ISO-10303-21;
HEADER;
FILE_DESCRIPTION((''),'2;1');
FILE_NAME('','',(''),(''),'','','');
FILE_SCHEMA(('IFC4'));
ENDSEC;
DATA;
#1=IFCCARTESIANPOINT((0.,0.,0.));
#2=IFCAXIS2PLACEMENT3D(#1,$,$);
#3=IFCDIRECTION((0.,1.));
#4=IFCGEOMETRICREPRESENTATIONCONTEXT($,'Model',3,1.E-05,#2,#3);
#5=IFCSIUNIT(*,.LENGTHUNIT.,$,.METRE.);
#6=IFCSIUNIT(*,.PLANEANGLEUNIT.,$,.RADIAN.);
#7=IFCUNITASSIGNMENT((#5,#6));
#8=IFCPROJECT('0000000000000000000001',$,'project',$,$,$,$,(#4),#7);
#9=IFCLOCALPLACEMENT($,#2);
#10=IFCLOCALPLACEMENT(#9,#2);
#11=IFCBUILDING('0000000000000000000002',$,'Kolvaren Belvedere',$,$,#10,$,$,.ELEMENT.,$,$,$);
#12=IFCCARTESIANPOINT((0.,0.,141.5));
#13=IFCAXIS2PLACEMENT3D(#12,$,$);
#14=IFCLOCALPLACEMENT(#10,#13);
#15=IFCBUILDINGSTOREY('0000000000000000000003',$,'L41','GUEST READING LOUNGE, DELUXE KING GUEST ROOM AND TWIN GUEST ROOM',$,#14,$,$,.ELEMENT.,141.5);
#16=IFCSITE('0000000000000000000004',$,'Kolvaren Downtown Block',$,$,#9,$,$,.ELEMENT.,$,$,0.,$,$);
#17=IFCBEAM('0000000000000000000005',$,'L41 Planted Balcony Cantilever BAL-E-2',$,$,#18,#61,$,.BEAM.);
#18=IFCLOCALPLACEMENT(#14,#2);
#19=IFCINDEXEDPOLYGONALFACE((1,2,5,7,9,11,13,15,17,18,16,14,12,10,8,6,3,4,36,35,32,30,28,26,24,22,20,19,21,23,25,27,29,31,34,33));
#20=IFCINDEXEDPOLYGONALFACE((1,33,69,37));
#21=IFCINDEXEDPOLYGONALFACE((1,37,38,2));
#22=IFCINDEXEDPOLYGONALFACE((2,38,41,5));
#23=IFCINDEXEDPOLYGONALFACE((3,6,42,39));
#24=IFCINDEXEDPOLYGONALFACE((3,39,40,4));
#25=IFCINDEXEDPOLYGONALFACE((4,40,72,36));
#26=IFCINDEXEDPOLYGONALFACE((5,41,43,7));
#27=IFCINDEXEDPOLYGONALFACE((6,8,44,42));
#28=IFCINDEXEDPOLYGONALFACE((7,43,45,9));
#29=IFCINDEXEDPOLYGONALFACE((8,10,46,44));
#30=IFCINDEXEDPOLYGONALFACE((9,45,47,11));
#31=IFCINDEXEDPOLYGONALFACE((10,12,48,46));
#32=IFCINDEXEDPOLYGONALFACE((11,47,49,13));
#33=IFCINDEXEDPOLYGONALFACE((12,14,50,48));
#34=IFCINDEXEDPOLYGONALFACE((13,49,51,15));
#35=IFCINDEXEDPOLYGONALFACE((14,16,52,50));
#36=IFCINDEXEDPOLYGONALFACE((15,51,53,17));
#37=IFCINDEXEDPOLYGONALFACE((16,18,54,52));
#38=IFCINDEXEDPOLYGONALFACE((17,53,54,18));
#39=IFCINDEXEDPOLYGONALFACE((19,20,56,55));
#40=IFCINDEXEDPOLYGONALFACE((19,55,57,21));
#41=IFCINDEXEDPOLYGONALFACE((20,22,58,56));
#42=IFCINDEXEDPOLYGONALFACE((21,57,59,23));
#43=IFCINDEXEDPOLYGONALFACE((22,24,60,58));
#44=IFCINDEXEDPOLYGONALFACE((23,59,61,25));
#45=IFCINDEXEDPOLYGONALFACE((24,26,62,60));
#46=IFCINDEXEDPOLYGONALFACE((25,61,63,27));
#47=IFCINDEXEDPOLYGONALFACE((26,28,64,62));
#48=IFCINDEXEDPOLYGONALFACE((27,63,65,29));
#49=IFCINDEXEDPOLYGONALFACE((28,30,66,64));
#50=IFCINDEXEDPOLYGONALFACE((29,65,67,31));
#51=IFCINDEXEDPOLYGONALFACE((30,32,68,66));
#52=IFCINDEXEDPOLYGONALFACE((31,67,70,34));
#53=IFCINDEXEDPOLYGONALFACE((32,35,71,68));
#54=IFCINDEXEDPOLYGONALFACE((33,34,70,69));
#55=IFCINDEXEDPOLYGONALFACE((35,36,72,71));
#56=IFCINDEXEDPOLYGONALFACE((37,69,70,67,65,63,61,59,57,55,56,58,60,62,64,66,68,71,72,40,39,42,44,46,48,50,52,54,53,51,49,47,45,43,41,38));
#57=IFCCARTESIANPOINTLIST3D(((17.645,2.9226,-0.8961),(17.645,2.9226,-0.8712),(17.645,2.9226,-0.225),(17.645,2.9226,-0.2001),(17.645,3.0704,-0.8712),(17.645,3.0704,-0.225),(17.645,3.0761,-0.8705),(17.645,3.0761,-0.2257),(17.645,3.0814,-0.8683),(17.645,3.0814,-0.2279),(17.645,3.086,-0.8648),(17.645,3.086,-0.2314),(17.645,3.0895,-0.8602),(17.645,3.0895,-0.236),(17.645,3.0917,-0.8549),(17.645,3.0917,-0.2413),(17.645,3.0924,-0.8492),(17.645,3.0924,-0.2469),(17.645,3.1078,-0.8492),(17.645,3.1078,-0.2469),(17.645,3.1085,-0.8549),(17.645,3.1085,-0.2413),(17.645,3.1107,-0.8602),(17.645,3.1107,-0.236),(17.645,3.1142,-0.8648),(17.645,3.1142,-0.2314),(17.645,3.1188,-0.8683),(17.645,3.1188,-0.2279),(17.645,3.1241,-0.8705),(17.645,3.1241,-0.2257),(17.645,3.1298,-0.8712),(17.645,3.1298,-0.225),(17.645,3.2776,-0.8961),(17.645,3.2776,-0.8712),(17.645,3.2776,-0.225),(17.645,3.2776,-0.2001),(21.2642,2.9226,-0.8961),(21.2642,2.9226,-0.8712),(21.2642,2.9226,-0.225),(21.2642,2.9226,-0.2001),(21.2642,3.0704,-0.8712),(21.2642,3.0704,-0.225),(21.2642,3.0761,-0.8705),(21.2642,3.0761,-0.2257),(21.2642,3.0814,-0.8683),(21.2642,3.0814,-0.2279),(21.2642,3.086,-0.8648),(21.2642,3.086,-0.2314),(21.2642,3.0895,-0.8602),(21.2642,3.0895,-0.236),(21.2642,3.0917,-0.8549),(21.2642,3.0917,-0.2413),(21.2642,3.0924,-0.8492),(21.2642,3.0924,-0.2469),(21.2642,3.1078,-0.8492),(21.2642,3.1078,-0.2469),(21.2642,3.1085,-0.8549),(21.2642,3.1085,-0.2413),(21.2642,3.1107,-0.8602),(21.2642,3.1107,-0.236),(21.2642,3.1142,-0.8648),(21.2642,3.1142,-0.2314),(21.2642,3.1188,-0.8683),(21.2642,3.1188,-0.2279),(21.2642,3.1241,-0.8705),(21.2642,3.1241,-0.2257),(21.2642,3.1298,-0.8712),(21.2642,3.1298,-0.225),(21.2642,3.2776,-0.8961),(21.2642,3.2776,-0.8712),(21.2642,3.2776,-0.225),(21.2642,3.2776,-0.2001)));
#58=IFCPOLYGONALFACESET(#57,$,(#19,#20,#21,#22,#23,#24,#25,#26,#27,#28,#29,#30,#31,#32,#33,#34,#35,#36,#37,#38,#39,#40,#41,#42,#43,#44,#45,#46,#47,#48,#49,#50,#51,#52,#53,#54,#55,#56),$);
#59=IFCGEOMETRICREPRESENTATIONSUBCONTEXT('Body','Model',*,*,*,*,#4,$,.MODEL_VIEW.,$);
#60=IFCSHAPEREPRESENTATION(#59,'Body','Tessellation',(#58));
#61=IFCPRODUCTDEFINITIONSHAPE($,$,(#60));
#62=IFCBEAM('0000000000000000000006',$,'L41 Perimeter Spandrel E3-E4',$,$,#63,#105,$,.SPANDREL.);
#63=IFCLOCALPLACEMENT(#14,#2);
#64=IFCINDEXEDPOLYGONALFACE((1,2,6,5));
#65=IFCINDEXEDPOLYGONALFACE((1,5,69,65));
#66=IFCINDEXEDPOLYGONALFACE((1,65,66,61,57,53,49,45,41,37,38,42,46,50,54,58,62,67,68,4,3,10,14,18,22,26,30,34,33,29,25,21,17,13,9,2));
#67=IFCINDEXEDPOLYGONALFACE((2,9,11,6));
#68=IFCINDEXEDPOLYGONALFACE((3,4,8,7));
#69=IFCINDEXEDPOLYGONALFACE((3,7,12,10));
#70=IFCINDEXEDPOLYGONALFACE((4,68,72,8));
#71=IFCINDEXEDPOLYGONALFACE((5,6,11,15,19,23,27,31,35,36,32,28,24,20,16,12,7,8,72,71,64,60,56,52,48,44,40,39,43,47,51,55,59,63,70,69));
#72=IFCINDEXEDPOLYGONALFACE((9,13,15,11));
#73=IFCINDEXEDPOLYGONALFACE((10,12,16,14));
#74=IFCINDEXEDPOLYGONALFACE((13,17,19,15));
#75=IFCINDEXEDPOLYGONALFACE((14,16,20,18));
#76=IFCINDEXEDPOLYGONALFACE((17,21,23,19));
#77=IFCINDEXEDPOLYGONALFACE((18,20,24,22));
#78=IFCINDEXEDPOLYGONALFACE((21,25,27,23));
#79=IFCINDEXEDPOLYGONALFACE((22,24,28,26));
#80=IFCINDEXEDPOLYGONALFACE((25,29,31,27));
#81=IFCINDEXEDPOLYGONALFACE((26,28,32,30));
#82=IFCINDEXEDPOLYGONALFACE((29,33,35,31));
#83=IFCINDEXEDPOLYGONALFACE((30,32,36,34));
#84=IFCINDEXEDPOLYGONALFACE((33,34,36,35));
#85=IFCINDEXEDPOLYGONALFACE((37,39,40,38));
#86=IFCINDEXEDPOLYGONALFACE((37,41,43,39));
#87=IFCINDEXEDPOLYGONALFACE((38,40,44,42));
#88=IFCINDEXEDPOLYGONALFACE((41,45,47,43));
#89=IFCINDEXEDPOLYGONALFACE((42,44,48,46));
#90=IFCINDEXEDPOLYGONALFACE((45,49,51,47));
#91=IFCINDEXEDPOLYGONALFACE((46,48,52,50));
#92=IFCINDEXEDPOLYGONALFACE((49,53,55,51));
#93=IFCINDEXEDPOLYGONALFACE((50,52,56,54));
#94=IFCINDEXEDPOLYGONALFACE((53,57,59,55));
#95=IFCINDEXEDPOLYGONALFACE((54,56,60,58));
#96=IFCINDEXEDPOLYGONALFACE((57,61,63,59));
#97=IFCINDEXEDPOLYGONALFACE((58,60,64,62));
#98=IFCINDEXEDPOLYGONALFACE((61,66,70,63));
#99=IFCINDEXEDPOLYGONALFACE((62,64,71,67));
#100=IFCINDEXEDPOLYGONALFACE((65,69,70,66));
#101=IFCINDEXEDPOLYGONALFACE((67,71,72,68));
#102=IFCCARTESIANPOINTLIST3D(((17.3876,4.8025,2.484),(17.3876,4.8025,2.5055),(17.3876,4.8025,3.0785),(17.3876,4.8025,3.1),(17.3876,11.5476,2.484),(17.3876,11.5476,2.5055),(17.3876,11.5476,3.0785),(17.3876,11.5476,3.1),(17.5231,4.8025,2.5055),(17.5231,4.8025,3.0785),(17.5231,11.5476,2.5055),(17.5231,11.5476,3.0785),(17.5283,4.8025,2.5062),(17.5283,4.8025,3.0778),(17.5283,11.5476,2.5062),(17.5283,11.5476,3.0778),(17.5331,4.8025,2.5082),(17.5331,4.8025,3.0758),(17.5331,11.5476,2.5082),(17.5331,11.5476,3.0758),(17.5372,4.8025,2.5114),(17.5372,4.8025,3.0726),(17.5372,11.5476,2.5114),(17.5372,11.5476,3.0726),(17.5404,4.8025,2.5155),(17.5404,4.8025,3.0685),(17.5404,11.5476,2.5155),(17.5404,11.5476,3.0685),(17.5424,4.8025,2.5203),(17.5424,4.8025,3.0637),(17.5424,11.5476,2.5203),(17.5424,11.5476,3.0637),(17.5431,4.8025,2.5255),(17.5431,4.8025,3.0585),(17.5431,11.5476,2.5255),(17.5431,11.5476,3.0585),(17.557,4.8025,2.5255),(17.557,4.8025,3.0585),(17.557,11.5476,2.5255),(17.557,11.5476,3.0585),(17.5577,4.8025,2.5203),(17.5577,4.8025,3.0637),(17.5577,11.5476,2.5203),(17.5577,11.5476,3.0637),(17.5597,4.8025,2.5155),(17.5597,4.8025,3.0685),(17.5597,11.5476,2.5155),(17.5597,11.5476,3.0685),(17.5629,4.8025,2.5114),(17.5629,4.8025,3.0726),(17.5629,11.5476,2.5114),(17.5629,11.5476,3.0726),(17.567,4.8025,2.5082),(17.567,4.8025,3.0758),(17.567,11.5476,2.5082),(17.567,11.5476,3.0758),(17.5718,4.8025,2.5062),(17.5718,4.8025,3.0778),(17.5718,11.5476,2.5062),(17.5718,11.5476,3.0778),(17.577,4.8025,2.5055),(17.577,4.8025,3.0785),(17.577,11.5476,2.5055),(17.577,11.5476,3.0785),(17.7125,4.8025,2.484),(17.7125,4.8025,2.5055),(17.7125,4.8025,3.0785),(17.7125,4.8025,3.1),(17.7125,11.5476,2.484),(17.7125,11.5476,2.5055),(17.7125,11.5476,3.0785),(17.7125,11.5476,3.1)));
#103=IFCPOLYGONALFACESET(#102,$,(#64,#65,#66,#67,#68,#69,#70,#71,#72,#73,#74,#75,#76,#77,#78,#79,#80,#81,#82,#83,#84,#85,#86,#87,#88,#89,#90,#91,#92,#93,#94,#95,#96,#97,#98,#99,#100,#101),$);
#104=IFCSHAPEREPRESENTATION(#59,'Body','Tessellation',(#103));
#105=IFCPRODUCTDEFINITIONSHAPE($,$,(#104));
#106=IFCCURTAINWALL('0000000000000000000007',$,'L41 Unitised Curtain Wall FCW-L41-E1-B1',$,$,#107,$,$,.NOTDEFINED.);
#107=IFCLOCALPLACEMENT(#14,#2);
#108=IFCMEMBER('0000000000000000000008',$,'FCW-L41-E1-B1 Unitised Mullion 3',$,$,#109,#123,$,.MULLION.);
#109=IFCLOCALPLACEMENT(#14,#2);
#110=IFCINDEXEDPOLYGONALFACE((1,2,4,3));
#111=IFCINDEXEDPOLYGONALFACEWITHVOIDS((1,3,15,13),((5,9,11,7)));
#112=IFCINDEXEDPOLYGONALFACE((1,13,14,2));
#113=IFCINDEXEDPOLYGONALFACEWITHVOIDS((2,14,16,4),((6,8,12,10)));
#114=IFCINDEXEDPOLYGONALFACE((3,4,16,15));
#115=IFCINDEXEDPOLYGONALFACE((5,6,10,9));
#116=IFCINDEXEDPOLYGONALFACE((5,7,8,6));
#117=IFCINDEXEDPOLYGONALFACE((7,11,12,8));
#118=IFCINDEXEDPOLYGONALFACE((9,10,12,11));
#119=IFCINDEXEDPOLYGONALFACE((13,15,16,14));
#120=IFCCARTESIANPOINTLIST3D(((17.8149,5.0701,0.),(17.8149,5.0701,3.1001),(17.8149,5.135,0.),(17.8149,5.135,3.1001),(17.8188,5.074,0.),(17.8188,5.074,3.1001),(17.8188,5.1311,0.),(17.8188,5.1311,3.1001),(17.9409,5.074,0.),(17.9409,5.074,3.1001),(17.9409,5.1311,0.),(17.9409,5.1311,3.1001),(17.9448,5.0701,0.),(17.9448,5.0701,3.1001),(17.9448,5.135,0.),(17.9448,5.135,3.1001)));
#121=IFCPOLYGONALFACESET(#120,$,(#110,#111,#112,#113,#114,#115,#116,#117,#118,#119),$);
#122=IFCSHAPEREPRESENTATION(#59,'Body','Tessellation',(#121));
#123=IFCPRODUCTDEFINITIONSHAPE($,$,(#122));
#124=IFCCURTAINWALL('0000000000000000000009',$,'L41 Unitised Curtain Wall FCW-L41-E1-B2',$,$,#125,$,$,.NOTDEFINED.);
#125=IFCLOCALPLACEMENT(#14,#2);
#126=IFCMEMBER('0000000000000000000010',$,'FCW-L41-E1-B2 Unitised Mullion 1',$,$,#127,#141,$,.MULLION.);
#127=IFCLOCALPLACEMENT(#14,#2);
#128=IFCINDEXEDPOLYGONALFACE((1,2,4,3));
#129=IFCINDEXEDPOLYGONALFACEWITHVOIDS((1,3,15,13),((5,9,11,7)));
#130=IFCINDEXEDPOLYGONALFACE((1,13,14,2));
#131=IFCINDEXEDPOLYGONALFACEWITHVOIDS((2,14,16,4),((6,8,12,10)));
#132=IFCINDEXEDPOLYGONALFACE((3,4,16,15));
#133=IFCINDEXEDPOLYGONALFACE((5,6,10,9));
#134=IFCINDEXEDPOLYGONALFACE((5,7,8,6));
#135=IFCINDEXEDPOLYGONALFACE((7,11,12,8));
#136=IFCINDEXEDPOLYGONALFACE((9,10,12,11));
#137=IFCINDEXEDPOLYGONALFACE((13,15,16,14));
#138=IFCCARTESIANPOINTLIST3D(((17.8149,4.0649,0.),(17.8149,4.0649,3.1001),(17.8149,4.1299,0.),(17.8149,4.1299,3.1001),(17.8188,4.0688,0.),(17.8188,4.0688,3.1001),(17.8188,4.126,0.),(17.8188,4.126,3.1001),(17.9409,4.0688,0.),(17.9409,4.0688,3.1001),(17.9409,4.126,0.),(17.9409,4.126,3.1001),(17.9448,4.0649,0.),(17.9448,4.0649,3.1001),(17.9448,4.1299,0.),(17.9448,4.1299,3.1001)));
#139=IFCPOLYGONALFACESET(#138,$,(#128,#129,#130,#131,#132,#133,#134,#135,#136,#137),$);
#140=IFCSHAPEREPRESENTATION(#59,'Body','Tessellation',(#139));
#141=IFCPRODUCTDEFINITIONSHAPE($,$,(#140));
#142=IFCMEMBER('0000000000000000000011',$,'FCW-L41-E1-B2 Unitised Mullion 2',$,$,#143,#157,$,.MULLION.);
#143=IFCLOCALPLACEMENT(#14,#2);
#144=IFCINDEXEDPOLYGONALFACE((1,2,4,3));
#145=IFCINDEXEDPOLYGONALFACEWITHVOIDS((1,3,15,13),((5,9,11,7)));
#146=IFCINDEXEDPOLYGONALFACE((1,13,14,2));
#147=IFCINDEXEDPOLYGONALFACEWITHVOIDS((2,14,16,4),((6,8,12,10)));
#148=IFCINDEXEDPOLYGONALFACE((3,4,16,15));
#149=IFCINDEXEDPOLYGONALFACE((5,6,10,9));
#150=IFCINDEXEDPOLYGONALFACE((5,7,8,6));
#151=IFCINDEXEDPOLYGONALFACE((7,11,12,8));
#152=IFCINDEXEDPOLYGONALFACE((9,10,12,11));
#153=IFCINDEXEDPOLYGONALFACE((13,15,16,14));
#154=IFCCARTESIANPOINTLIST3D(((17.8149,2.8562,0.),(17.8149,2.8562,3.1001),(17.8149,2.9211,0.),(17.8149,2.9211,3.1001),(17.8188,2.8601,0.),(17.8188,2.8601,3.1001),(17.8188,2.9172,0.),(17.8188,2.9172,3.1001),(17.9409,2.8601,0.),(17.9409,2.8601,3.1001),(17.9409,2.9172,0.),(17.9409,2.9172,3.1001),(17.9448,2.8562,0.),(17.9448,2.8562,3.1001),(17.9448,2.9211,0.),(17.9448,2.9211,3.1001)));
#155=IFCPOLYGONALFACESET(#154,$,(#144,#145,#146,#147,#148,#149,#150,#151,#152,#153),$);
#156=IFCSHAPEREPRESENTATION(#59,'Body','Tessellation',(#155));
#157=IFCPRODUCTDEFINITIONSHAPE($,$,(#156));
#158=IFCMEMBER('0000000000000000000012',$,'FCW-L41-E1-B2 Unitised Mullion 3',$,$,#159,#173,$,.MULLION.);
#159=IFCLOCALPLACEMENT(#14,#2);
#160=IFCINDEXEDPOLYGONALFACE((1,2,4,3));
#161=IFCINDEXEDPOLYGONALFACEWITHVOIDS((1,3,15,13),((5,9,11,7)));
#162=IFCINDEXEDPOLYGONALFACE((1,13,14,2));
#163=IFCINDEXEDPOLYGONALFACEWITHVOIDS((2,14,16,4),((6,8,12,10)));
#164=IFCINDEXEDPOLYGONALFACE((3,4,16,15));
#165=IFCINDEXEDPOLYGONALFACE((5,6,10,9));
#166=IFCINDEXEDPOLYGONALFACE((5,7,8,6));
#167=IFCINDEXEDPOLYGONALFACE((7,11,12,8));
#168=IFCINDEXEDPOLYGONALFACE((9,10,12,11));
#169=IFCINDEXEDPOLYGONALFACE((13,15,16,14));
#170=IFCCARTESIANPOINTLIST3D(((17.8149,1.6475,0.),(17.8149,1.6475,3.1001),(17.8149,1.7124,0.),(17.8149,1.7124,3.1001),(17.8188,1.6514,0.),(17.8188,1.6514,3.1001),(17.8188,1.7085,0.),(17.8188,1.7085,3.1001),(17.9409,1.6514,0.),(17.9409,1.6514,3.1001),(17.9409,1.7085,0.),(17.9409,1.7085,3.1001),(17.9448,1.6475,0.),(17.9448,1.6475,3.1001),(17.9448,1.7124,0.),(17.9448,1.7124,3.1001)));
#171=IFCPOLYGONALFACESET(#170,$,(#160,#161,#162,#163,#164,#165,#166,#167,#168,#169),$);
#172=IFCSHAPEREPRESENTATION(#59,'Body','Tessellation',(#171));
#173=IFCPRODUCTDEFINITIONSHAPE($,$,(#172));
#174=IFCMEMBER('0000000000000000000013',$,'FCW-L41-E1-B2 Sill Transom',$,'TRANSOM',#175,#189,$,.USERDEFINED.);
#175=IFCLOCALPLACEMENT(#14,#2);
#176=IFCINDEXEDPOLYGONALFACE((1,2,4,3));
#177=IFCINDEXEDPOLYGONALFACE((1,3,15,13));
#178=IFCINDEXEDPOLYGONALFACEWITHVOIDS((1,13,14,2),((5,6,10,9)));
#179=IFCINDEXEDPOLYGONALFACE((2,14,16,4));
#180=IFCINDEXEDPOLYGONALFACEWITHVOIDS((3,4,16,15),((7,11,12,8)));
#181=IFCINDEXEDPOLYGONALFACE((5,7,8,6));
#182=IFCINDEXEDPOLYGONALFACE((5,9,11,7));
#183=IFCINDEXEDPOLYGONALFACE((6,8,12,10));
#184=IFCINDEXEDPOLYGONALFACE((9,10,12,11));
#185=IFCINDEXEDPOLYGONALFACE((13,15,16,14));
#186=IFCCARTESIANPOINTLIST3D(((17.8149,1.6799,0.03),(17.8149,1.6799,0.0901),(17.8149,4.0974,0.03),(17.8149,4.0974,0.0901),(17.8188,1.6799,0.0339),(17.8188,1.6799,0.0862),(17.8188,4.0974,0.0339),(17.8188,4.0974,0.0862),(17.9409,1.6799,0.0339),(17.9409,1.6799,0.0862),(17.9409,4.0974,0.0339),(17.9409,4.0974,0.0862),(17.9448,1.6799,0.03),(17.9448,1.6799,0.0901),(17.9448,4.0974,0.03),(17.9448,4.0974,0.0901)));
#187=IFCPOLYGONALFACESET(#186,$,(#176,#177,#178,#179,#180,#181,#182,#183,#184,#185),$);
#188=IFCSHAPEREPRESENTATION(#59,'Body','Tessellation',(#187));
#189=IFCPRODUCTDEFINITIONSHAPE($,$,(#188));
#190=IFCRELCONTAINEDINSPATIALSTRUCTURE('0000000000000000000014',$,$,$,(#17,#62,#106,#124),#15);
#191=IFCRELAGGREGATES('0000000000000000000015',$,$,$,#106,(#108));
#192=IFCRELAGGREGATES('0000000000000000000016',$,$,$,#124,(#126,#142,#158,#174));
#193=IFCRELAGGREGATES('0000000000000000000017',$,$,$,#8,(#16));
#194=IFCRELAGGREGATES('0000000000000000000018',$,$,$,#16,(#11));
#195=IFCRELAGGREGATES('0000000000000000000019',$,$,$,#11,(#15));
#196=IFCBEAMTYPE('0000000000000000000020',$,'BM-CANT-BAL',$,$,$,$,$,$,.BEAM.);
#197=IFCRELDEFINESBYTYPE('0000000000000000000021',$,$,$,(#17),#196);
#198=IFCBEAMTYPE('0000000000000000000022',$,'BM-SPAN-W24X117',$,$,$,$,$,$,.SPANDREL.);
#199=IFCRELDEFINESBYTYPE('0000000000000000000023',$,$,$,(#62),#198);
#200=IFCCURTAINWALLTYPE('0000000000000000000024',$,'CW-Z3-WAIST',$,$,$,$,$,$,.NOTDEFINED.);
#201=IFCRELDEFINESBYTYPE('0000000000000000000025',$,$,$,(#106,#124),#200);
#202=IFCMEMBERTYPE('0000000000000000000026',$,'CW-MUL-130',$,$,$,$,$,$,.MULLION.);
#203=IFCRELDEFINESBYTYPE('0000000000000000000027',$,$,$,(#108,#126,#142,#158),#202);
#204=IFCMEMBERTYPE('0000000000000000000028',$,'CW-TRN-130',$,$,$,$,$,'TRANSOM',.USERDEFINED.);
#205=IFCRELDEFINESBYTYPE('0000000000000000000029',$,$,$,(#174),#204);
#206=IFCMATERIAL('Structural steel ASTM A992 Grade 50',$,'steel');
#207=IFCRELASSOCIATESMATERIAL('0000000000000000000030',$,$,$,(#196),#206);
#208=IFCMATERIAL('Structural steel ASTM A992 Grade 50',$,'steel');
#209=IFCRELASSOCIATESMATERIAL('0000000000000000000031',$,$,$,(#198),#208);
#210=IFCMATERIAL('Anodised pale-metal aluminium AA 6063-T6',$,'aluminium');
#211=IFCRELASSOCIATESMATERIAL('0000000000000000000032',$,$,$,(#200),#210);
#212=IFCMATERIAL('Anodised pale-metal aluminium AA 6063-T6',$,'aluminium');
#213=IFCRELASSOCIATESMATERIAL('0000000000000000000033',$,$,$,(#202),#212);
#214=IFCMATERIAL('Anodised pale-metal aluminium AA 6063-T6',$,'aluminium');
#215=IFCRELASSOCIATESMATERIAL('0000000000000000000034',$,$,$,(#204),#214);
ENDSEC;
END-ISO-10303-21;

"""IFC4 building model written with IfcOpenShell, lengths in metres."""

from ifc_helpers import new_model, si_unit, direction, frame, origin, origin_2d, place, context, subcontext, project, spatial, hollow_rectangle, i_section, extrude, material, material_profile, profile_set, type_object, element, aggregate, save


model = new_model("IFC4")

# Units and contexts
model_context = context("Model", 3, precision=1e-05, world=origin(), true_north=direction((0.0, 1.0)))
body_context = subcontext(model_context, "Body", "Model", "MODEL_VIEW")
ifc_project = project(units=[si_unit("LENGTHUNIT", "METRE"), si_unit("PLANEANGLEUNIT", "RADIAN")], contexts=[model_context])

# Site, building, storey
site_placement = place(None, origin())
site = spatial("IfcSite", under=ifc_project, at=site_placement, Name="Kolvaren Downtown Block", CompositionType="ELEMENT", RefElevation=0.0)
building_placement = place(site_placement, origin())
building = spatial("IfcBuilding", under=site, at=building_placement, Name="Kolvaren Belvedere", CompositionType="ELEMENT")
storey_placement = place(building_placement, frame((0.0, 0.0, 141.5)))
storey = spatial("IfcBuildingStorey", under=building, at=storey_placement, Name="L41", Description="GUEST READING LOUNGE, DELUXE KING GUEST ROOM AND TWIN GUEST ROOM", CompositionType="ELEMENT", Elevation=141.5)

# Beams
ifc_material_1 = material(Name="Structural steel ASTM A992 Grade 50", Category="steel")
ifc_material_profile_1 = material_profile(ifc_material_1, i_section(OverallWidth=0.355, OverallDepth=0.696, WebThickness=0.0154, FlangeThickness=0.0249, FilletRadius=0.022, at=origin_2d()), Name="W27X146")
ifc_profile_set_1 = profile_set([ifc_material_profile_1], Name="Structural steel ASTM A992 Grade 50")
beam_type_1 = type_object("IfcBeamType", Name="BM-CANT-BAL", PredefinedType="BEAM", material=ifc_profile_set_1)
beam_1_placement = place(storey_placement, frame((17.645, 3.1001, -0.5481), z_axis=(1.0, 0.0, 0.0), x_axis=(0.0, 1.0, 0.0)))
element("IfcBeam", 1, at=beam_1_placement, inside=storey, type_object=beam_type_1, Name="L41 Planted Balcony Cantilever BAL-E-2", PredefinedType="BEAM", context=body_context, shape_type="SweptSolid", body=[
    extrude(i_section(OverallWidth=0.355, OverallDepth=0.696, WebThickness=0.0154, FlangeThickness=0.0249, FilletRadius=0.022, at=origin_2d()), origin(), (0.0, 0.0, 1.0), 3.6191),
])
ifc_material_2 = material(Name="Structural steel ASTM A992 Grade 50", Category="steel")
ifc_material_profile_2 = material_profile(ifc_material_2, i_section(OverallWidth=0.325, OverallDepth=0.616, WebThickness=0.0139, FlangeThickness=0.0215, FilletRadius=0.02, at=origin_2d()), Name="W24X117")
ifc_profile_set_2 = profile_set([ifc_material_profile_2], Name="Structural steel ASTM A992 Grade 50")
beam_type_2 = type_object("IfcBeamType", Name="BM-SPAN-W24X117", PredefinedType="SPANDREL", material=ifc_profile_set_2)
beam_2_placement = place(storey_placement, frame((17.55, 4.8025, 2.792), z_axis=(0.0, 1.0, 0.0), x_axis=(-1.0, 0.0, 0.0)))
element("IfcBeam", 2, at=beam_2_placement, inside=storey, type_object=beam_type_2, Name="L41 Perimeter Spandrel E3-E4", PredefinedType="SPANDREL", context=body_context, shape_type="SweptSolid", body=[
    extrude(i_section(OverallWidth=0.325, OverallDepth=0.616, WebThickness=0.0139, FlangeThickness=0.0215, FilletRadius=0.02, at=origin_2d()), origin(), (0.0, 0.0, 1.0), 6.7451),
])

# Curtain wall, member
ifc_material_3 = material(Name="Anodised pale-metal aluminium AA 6063-T6", Category="aluminium")
curtain_wall_type = type_object("IfcCurtainWallType", Name="CW-Z3-WAIST", PredefinedType="NOTDEFINED", material=ifc_material_3)
curtain_wall_1_placement = place(storey_placement, origin())
curtain_wall_1 = element("IfcCurtainWall", 3, at=curtain_wall_1_placement, inside=storey, type_object=curtain_wall_type, Name="L41 Unitised Curtain Wall FCW-L41-E1-B1", PredefinedType="NOTDEFINED")
ifc_material_4 = material(Name="Anodised pale-metal aluminium AA 6063-T6", Category="aluminium")
ifc_material_profile_3 = material_profile(ifc_material_4, hollow_rectangle(XDim=0.0649, YDim=0.1299, WallThickness=0.0039, at=origin_2d()), Name="ALU-MUL-130X65")
ifc_profile_set_3 = profile_set([ifc_material_profile_3], Name="Anodised pale-metal aluminium AA 6063-T6")
member_type_1 = type_object("IfcMemberType", Name="CW-MUL-130", PredefinedType="MULLION", material=ifc_profile_set_3)
member_1_placement = place(storey_placement, frame((17.8799, 5.1025, 0.0), z_axis=(0.0, 0.0, 1.0), x_axis=(0.0, 1.0, 0.0)))
member_1 = element("IfcMember", 4, at=member_1_placement, type_object=member_type_1, Name="FCW-L41-E1-B1 Unitised Mullion 3", PredefinedType="MULLION", context=body_context, shape_type="SweptSolid", body=[
    extrude(hollow_rectangle(XDim=0.0649, YDim=0.1299, WallThickness=0.0039, at=origin_2d()), origin(), (0.0, 0.0, 1.0), 3.1001),
])

# Curtain wall, members
curtain_wall_2_placement = place(storey_placement, origin())
curtain_wall_2 = element("IfcCurtainWall", 5, at=curtain_wall_2_placement, inside=storey, type_object=curtain_wall_type, Name="L41 Unitised Curtain Wall FCW-L41-E1-B2", PredefinedType="NOTDEFINED")
member_2_placement = place(storey_placement, frame((17.8799, 4.0974, 0.0), z_axis=(0.0, 0.0, 1.0), x_axis=(0.0, 1.0, 0.0)))
member_2 = element("IfcMember", 6, at=member_2_placement, type_object=member_type_1, Name="FCW-L41-E1-B2 Unitised Mullion 1", PredefinedType="MULLION", context=body_context, shape_type="SweptSolid", body=[
    extrude(hollow_rectangle(XDim=0.0649, YDim=0.1299, WallThickness=0.0039, at=origin_2d()), origin(), (0.0, 0.0, 1.0), 3.1001),
])
member_3_placement = place(storey_placement, frame((17.8799, 2.8887, 0.0), z_axis=(0.0, 0.0, 1.0), x_axis=(0.0, 1.0, 0.0)))
member_3 = element("IfcMember", 7, at=member_3_placement, type_object=member_type_1, Name="FCW-L41-E1-B2 Unitised Mullion 2", PredefinedType="MULLION", context=body_context, shape_type="SweptSolid", body=[
    extrude(hollow_rectangle(XDim=0.0649, YDim=0.1299, WallThickness=0.0039, at=origin_2d()), origin(), (0.0, 0.0, 1.0), 3.1001),
])
member_4_placement = place(storey_placement, frame((17.8799, 1.6799, 0.0), z_axis=(0.0, 0.0, 1.0), x_axis=(0.0, 1.0, 0.0)))
member_4 = element("IfcMember", 8, at=member_4_placement, type_object=member_type_1, Name="FCW-L41-E1-B2 Unitised Mullion 3", PredefinedType="MULLION", context=body_context, shape_type="SweptSolid", body=[
    extrude(hollow_rectangle(XDim=0.0649, YDim=0.1299, WallThickness=0.0039, at=origin_2d()), origin(), (0.0, 0.0, 1.0), 3.1001),
])
ifc_material_5 = material(Name="Anodised pale-metal aluminium AA 6063-T6", Category="aluminium")
ifc_material_profile_4 = material_profile(ifc_material_5, hollow_rectangle(XDim=0.0601, YDim=0.1299, WallThickness=0.0039, at=origin_2d()), Name="ALU-TRN-130X60")
ifc_profile_set_4 = profile_set([ifc_material_profile_4], Name="Anodised pale-metal aluminium AA 6063-T6")
member_type_2 = type_object("IfcMemberType", Name="CW-TRN-130", ElementType="TRANSOM", PredefinedType="USERDEFINED", material=ifc_profile_set_4)
member_5_placement = place(storey_placement, frame((17.8799, 4.0974, 0.0601), z_axis=(0.0, -1.0, 0.0), x_axis=(0.0, 0.0, 1.0)))
member_5 = element("IfcMember", 9, at=member_5_placement, type_object=member_type_2, Name="FCW-L41-E1-B2 Sill Transom", ObjectType="TRANSOM", PredefinedType="USERDEFINED", context=body_context, shape_type="SweptSolid", body=[
    extrude(hollow_rectangle(XDim=0.0601, YDim=0.1299, WallThickness=0.0039, at=origin_2d()), origin(), (0.0, 0.0, 1.0), 2.4175),
])

aggregate(curtain_wall_1, [member_1])
aggregate(curtain_wall_2, [member_2, member_3, member_4, member_5])

save(model, "model.ifc")
